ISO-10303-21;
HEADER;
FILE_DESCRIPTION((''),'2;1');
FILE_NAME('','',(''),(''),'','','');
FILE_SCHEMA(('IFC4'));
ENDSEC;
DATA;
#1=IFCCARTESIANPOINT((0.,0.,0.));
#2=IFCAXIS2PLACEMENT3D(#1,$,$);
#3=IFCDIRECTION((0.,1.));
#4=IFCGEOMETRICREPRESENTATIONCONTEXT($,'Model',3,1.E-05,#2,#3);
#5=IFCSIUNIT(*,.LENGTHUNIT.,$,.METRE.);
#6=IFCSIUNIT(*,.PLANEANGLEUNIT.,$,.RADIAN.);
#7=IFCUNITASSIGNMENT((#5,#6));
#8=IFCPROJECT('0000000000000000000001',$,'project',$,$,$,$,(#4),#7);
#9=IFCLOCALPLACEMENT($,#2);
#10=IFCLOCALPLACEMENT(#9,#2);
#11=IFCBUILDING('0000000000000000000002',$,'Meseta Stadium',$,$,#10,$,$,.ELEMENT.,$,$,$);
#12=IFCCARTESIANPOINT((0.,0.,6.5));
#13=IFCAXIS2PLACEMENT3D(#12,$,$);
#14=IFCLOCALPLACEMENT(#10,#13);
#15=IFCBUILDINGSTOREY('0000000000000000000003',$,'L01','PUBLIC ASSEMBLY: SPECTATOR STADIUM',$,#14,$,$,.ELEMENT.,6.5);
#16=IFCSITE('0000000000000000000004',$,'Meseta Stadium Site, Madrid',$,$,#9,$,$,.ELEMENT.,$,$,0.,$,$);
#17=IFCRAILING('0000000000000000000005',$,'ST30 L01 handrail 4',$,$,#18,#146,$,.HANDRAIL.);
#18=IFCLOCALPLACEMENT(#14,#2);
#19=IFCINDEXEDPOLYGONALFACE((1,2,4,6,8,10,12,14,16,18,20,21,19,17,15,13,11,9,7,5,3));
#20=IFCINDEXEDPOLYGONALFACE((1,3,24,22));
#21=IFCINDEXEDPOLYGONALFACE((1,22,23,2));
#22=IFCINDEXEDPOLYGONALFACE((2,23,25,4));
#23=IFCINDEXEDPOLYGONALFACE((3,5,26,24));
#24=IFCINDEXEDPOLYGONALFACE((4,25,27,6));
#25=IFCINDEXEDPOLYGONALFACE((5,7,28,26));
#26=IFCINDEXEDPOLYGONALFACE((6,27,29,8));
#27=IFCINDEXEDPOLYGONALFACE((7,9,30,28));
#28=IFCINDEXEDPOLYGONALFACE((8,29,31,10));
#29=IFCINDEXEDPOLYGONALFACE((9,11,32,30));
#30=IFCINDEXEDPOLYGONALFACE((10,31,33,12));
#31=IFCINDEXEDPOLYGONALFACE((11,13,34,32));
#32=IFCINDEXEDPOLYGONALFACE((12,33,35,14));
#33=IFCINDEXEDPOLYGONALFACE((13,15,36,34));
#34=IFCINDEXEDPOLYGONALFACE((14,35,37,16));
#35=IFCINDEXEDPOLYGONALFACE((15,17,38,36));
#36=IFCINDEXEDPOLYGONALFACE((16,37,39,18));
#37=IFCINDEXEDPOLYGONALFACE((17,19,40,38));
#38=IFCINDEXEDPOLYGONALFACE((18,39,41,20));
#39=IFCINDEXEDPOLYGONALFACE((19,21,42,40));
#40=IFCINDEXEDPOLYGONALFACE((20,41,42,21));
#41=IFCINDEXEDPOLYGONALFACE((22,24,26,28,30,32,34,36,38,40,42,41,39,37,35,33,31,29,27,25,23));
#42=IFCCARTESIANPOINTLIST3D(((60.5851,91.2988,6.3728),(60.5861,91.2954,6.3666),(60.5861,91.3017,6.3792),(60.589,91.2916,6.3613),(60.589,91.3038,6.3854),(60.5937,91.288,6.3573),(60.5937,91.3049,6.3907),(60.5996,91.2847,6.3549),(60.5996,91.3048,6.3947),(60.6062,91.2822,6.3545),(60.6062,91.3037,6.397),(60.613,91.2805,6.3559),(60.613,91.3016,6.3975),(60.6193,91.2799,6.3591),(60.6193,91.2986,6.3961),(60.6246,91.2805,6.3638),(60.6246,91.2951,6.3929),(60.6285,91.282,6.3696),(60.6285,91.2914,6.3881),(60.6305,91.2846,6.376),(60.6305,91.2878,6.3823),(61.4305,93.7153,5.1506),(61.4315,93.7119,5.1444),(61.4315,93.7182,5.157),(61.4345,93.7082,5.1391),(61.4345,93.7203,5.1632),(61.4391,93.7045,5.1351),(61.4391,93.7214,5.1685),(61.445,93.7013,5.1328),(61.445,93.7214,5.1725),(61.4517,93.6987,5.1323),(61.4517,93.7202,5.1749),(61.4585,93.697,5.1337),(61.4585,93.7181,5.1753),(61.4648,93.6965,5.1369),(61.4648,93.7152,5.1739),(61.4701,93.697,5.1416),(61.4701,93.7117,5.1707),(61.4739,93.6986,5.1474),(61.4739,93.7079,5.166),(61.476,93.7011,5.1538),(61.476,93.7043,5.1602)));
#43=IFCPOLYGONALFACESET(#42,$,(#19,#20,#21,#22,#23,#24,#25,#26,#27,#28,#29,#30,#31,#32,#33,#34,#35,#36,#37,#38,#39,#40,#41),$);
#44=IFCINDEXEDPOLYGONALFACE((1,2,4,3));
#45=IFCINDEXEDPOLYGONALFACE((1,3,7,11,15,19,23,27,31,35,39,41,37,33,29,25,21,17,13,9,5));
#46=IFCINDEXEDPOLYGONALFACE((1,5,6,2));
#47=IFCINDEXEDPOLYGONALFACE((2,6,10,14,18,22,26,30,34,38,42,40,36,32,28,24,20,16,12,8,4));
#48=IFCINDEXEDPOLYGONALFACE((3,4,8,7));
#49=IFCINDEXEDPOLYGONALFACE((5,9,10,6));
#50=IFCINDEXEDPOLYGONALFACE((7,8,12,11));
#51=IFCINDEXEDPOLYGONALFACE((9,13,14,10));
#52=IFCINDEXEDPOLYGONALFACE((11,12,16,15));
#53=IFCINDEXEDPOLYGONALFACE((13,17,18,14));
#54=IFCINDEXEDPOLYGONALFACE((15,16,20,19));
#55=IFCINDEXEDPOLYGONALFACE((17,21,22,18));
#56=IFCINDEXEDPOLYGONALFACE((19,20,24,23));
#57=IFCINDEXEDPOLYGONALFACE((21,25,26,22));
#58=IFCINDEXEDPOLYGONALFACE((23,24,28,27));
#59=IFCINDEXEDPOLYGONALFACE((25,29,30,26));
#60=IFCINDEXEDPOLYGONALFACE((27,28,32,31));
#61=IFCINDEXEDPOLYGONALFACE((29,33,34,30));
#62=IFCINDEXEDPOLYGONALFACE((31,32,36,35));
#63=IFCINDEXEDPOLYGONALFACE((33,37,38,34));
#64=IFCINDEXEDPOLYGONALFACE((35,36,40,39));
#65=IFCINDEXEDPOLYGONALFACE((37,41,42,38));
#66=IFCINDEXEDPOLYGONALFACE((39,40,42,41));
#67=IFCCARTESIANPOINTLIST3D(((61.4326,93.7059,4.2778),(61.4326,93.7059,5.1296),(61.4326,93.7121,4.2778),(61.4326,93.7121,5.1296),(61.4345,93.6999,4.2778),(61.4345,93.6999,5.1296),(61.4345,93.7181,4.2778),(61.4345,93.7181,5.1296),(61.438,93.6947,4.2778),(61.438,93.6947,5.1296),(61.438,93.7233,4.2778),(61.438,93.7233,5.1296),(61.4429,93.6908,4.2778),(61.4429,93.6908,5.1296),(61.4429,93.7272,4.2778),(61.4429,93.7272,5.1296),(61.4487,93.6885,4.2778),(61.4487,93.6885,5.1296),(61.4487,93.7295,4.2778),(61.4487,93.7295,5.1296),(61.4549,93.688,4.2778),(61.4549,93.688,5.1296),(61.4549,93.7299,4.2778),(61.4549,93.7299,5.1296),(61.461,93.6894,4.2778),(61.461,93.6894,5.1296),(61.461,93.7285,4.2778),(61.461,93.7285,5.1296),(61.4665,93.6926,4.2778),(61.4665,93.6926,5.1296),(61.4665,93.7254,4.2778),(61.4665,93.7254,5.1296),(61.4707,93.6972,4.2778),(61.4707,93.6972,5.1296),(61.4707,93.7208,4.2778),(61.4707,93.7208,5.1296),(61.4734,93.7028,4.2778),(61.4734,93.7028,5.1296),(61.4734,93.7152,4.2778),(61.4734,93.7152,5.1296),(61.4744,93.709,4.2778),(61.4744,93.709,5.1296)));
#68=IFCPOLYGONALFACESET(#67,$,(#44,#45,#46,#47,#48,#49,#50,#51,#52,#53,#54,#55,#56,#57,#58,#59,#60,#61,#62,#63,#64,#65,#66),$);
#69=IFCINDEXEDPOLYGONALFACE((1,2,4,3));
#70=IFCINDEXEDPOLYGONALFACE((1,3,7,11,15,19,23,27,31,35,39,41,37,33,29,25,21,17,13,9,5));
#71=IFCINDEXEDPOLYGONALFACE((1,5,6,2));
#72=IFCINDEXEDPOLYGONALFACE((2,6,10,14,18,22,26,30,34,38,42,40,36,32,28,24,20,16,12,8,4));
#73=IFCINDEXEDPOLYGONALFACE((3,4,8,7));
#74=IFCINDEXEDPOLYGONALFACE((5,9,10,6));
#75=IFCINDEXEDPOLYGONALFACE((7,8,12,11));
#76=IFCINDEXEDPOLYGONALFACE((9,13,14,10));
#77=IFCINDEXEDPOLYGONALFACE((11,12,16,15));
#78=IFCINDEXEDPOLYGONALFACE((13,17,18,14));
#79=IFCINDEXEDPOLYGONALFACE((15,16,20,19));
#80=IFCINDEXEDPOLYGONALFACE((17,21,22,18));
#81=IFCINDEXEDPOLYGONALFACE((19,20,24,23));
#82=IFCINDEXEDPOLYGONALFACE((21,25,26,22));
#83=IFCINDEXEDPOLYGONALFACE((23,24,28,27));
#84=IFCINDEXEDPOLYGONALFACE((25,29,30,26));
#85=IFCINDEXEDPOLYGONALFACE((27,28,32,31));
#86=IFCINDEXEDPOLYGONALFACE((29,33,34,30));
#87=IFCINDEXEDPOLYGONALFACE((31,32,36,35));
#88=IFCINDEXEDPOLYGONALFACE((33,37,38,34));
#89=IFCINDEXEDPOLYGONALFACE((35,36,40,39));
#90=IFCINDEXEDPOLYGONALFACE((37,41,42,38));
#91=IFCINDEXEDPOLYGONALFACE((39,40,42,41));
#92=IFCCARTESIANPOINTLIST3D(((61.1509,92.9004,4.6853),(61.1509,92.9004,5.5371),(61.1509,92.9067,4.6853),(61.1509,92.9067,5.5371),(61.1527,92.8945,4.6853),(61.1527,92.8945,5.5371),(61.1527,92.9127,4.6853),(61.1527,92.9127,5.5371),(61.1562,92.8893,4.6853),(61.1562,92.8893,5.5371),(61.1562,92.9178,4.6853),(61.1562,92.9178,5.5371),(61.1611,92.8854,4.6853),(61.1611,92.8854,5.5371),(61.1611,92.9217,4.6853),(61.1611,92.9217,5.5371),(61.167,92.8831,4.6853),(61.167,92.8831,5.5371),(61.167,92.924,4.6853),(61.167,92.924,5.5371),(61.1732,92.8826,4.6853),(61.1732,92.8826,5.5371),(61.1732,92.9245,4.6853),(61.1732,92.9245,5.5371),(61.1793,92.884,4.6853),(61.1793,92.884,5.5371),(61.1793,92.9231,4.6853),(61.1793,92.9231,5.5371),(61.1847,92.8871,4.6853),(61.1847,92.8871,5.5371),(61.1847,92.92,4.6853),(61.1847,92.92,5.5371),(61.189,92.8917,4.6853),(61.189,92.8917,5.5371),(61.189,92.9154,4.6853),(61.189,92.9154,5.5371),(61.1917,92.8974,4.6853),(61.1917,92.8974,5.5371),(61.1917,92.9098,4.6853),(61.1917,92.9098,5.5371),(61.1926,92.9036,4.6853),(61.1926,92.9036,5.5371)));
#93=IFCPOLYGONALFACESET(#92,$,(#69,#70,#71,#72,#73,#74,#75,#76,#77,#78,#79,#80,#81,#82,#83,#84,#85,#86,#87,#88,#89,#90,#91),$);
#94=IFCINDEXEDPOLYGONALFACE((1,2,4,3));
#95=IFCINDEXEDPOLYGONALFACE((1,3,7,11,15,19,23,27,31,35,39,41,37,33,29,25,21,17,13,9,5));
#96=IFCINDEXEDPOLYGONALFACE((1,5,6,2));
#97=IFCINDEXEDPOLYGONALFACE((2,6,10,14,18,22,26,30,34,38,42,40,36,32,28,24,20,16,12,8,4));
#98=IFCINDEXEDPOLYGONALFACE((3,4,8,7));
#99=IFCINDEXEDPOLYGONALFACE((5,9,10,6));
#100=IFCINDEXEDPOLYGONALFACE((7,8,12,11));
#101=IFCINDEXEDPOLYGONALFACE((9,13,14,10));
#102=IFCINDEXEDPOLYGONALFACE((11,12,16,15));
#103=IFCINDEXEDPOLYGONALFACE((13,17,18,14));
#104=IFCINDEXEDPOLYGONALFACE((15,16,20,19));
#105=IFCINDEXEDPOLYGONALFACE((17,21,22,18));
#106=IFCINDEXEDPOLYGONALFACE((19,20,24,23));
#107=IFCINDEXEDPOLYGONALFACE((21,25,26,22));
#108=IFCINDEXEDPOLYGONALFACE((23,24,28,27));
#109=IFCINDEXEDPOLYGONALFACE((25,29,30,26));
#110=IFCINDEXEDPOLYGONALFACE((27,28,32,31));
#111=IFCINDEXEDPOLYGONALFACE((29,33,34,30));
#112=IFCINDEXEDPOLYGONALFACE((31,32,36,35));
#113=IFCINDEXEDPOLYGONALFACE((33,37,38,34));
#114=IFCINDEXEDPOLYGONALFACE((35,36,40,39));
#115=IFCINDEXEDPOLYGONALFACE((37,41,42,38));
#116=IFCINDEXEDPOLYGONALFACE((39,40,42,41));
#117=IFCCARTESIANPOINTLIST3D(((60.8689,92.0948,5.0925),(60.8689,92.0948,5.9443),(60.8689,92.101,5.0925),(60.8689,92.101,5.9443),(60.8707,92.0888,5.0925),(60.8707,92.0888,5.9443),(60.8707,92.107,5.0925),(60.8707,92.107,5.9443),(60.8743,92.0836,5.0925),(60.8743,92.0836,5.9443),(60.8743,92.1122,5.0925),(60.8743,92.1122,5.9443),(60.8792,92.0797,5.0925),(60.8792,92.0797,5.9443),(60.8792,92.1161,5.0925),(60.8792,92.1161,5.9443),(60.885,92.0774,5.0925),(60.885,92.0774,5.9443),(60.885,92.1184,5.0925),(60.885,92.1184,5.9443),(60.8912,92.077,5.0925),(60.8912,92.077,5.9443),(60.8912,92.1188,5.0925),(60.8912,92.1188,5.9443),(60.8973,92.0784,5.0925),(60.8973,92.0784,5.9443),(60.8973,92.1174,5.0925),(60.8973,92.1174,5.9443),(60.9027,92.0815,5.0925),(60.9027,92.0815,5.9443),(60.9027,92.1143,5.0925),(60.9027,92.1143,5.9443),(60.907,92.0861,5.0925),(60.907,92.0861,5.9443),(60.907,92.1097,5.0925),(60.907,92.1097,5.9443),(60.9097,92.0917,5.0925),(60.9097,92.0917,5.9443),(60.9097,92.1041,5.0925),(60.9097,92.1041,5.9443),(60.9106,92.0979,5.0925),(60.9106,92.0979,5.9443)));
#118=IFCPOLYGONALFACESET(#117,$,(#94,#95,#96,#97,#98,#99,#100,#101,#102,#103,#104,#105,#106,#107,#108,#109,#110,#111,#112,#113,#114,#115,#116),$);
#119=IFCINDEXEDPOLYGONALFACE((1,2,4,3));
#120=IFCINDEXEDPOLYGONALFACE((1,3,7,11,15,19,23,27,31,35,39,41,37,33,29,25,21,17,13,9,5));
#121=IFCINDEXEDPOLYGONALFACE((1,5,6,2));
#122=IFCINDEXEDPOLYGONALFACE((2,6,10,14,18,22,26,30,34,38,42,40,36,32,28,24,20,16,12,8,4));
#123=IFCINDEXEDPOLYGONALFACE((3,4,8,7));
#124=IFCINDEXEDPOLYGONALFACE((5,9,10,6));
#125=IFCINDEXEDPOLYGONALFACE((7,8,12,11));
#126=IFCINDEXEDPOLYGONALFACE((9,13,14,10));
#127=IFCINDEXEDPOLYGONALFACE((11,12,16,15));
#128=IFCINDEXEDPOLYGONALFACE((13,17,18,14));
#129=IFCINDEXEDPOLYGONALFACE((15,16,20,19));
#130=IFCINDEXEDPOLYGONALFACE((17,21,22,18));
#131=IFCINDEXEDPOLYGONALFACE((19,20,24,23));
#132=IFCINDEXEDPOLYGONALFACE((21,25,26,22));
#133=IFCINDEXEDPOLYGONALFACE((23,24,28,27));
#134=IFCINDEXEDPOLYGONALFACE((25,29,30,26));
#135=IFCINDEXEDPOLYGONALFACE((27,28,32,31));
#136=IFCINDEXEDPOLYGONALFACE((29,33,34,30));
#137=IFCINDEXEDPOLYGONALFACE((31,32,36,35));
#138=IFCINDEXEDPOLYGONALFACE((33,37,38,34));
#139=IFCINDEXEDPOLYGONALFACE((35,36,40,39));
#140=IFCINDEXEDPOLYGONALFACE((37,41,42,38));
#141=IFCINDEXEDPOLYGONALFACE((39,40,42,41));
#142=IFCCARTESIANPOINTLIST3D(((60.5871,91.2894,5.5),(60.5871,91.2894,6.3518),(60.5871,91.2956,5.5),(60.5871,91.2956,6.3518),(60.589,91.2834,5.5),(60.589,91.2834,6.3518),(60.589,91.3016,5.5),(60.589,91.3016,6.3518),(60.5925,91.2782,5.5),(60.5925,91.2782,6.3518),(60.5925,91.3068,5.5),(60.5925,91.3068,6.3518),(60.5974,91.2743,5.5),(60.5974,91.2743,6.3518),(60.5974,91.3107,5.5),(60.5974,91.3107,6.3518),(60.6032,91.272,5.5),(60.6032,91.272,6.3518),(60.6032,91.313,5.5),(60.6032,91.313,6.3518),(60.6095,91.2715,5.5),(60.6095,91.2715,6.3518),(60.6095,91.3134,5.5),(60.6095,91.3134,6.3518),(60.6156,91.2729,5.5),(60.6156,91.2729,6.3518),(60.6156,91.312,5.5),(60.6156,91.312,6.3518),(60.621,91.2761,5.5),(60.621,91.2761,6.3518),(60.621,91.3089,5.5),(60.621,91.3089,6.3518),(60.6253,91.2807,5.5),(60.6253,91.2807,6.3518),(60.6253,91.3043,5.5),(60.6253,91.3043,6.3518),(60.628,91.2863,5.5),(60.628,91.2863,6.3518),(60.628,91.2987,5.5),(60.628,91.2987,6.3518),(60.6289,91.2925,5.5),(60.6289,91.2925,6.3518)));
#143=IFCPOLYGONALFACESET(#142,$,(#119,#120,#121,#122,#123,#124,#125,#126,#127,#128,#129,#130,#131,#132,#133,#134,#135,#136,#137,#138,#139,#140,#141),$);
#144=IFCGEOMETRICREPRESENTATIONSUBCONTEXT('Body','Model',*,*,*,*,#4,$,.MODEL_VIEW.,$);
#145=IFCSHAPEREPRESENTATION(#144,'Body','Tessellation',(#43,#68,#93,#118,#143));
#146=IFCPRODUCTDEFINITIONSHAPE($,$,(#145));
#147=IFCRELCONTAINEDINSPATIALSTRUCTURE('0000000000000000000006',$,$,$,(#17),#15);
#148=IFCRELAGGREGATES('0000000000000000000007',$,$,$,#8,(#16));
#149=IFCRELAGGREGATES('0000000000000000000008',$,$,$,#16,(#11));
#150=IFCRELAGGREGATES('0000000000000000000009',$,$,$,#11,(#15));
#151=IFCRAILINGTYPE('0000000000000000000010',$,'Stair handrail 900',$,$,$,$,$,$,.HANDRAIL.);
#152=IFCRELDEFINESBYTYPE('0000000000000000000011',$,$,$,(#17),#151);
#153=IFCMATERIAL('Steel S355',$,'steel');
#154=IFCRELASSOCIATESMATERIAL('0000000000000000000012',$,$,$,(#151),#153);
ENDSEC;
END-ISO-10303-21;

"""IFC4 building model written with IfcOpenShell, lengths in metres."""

from ifc_helpers import new_model, si_unit, direction, frame, origin, origin_2d, place, context, subcontext, project, spatial, circle, extrude, material, type_object, element, save


model = new_model("IFC4")

# Units and contexts
model_context = context("Model", 3, precision=1e-05, world=origin(), true_north=direction((0.0, 1.0)))
body_context = subcontext(model_context, "Body", "Model", "MODEL_VIEW")
ifc_project = project(units=[si_unit("LENGTHUNIT", "METRE"), si_unit("PLANEANGLEUNIT", "RADIAN")], contexts=[model_context])

# Site, building, storey
site_placement = place(None, origin())
site = spatial("IfcSite", under=ifc_project, at=site_placement, Name="Meseta Stadium Site, Madrid", CompositionType="ELEMENT", RefElevation=0.0)
building_placement = place(site_placement, origin())
building = spatial("IfcBuilding", under=site, at=building_placement, Name="Meseta Stadium", CompositionType="ELEMENT")
storey_placement = place(building_placement, frame((0.0, 0.0, 6.5)))
storey = spatial("IfcBuildingStorey", under=building, at=storey_placement, Name="L01", Description="PUBLIC ASSEMBLY: SPECTATOR STADIUM", CompositionType="ELEMENT", Elevation=6.5)

# Railing
ifc_material_1 = material(Name="Steel S355", Category="steel")
railing_type_1 = type_object("IfcRailingType", Name="Stair handrail 900", PredefinedType="HANDRAIL", material=ifc_material_1)
for number, where, name in (
    (1, (61.4534, 93.709, 4.2778), "ST30 L01 handrail 4"),
):
    element("IfcRailing", number, at=place(storey_placement, frame(where)), inside=storey, type_object=railing_type_1, Name=name, PredefinedType="HANDRAIL", context=body_context, shape_type="SweptSolid", body=[
        extrude(circle(Radius=0.0239, at=origin_2d()), frame((0.0, 0.0, 0.876), z_axis=(-0.298022, -0.851812, 0.430811), x_axis=(0.943897, -0.33024, 0.0)), (0.0, 0.0, 1.0), 2.8369),
        extrude(circle(Radius=0.021, at=origin_2d()), origin(), (0.0, 0.0, 1.0), 0.8518),
        extrude(circle(Radius=0.021, at=origin_2d()), frame((-0.2817, -0.8054, 0.4075)), (0.0, 0.0, 1.0), 0.8518),
        extrude(circle(Radius=0.021, at=origin_2d()), frame((-0.5637, -1.6111, 0.8147)), (0.0, 0.0, 1.0), 0.8518),
        extrude(circle(Radius=0.021, at=origin_2d()), frame((-0.8455, -2.4165, 1.2222)), (0.0, 0.0, 1.0), 0.8518),
    ])

save(model, "model.ifc")
